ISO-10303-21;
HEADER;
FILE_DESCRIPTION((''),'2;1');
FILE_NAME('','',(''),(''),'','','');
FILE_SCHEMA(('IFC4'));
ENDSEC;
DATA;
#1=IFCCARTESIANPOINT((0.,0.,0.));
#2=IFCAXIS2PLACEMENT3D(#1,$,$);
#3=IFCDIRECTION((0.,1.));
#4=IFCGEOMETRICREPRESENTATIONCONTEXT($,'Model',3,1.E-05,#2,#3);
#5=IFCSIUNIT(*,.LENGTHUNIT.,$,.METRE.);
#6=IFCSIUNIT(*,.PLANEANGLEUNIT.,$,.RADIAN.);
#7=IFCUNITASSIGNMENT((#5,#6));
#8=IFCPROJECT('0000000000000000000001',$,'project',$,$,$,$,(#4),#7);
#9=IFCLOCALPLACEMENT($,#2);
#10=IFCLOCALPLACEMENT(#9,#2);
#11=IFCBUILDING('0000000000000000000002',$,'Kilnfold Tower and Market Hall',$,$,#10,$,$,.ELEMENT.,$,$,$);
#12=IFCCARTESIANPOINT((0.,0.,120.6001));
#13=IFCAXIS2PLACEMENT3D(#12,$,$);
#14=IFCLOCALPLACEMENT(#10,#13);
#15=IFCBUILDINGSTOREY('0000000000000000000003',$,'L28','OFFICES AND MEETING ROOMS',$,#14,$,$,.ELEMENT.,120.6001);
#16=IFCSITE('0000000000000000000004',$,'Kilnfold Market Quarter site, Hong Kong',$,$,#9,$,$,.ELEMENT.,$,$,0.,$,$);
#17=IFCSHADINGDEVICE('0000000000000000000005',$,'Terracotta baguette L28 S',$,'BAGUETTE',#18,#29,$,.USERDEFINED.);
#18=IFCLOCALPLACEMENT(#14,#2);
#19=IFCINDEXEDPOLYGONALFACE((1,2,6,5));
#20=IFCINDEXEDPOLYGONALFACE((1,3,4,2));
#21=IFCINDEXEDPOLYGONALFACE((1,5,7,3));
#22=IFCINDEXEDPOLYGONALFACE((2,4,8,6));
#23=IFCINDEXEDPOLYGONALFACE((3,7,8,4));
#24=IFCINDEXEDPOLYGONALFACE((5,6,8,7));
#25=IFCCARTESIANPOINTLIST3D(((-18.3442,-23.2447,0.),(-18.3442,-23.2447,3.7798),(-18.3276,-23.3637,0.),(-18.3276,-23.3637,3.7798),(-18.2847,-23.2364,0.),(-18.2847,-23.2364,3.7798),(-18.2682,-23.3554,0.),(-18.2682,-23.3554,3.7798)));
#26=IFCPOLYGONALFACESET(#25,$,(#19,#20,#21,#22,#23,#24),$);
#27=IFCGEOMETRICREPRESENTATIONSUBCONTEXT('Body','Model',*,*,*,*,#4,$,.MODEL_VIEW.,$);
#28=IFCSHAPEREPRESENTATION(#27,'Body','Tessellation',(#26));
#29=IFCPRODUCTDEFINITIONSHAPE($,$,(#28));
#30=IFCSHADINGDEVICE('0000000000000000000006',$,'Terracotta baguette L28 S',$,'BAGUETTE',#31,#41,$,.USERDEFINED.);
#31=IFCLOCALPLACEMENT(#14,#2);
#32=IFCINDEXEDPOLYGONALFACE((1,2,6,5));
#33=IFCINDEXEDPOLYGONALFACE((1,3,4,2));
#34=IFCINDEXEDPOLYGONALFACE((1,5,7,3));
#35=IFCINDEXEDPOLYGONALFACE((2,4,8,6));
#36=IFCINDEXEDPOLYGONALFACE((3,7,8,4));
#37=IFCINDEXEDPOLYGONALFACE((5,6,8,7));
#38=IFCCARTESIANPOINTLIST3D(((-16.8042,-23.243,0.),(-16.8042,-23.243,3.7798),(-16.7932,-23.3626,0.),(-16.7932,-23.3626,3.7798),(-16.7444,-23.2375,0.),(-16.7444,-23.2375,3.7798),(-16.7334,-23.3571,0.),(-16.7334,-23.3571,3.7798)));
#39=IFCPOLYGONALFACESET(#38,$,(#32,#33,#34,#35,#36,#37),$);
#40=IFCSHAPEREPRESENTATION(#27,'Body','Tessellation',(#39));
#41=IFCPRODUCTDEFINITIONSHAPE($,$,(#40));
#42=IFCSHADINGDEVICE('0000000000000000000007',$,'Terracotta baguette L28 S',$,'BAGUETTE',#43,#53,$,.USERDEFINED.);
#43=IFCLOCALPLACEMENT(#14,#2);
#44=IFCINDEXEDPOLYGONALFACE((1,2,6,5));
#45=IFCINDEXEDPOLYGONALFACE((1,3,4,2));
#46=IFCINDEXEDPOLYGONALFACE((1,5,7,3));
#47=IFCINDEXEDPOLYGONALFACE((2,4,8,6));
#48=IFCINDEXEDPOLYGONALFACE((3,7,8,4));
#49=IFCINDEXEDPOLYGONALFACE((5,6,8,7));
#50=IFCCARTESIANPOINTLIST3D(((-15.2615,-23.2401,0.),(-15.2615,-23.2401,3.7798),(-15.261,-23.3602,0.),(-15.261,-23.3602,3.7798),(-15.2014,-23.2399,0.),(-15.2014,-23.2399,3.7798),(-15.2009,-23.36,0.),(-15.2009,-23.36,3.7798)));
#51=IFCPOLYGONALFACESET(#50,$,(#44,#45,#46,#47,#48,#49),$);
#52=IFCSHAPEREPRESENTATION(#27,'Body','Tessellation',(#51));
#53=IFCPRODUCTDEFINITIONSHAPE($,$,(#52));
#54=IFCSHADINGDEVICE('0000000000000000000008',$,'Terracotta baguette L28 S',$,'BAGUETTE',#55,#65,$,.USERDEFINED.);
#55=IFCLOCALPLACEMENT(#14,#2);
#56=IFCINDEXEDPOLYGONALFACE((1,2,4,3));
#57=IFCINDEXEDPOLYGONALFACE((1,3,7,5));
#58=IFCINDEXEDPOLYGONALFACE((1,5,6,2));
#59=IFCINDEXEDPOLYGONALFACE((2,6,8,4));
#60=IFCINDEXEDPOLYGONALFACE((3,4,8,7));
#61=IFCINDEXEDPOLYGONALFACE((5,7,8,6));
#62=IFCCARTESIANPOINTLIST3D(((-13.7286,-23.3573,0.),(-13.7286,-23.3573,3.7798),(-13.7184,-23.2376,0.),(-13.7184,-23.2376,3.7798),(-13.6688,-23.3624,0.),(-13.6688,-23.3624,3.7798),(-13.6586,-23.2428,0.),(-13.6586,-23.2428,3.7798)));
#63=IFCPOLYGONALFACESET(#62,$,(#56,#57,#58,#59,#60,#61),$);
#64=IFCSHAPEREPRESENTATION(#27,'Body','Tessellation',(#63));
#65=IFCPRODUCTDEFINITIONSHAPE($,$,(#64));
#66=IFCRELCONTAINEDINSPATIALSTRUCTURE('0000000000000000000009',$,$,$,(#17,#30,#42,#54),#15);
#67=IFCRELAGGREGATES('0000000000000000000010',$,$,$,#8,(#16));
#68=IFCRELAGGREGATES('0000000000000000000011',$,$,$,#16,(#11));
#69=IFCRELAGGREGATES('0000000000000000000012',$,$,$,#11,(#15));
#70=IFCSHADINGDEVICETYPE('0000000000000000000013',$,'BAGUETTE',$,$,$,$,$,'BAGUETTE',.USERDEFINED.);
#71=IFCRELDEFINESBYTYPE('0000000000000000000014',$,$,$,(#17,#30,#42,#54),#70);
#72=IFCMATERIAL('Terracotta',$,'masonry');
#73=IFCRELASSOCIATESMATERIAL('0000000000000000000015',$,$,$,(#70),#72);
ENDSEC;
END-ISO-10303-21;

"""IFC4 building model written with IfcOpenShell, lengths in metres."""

from ifc_helpers import new_model, si_unit, direction, frame, origin, origin_2d, place, context, subcontext, project, spatial, rectangle, extrude, source, transform, mapped, material, material_profile, profile_set, type_object, element, save


model = new_model("IFC4")

# Units and contexts
model_context = context("Model", 3, precision=1e-05, world=origin(), true_north=direction((0.0, 1.0)))
body_context = subcontext(model_context, "Body", "Model", "MODEL_VIEW")
ifc_project = project(units=[si_unit("LENGTHUNIT", "METRE"), si_unit("PLANEANGLEUNIT", "RADIAN")], contexts=[model_context])

# Site, building, storey
site_placement = place(None, origin())
site = spatial("IfcSite", under=ifc_project, at=site_placement, Name="Kilnfold Market Quarter site, Hong Kong", CompositionType="ELEMENT", RefElevation=0.0)
building_placement = place(site_placement, origin())
building = spatial("IfcBuilding", under=site, at=building_placement, Name="Kilnfold Tower and Market Hall", CompositionType="ELEMENT")
storey_placement = place(building_placement, frame((0.0, 0.0, 120.6001)))
storey = spatial("IfcBuildingStorey", under=building, at=storey_placement, Name="L28", Description="OFFICES AND MEETING ROOMS", CompositionType="ELEMENT", Elevation=120.6001)

# Shading devices
ifc_material_1 = material(Name="Terracotta", Category="masonry")
ifc_material_profile_1 = material_profile(ifc_material_1, rectangle(XDim=0.0601, YDim=0.1201, at=origin_2d()), Name="BAG 60x120")
ifc_profile_set_1 = profile_set([ifc_material_profile_1], Name="Terracotta")
shading_device_type_1 = type_object("IfcShadingDeviceType", Name="BAGUETTE", ElementType="BAGUETTE", PredefinedType="USERDEFINED", material=ifc_profile_set_1)
shared_shape_1 = source(origin(), body_context, "Body", "SweptSolid", [
    extrude(rectangle(XDim=0.0601, YDim=0.1201, at=origin_2d()), origin(), (0.0, 0.0, 1.0), 3.7798),
])
for number, where, z_axis, x_axis, name in (
    (1, (-18.3062, -23.3, 0.0), (0.0, 0.0, 1.0), (0.990511, 0.137434, 0.0), "Terracotta baguette L28 S"),
    (2, (-16.7688, -23.3, 0.0), (0.0, 0.0, 1.0), (0.995745, 0.092146, 0.0), "Terracotta baguette L28 S"),
    (3, (-15.2312, -23.3, 0.0), (0.0, 0.0, 1.0), (0.99999, 0.004465, 0.0), "Terracotta baguette L28 S"),
    (4, (-13.6936, -23.3, 0.0), (0.0, 0.0, 1.0), (0.996356, -0.085288, 0.0), "Terracotta baguette L28 S"),
):
    element("IfcShadingDevice", number, at=place(storey_placement, frame(where, z_axis=z_axis, x_axis=x_axis)), inside=storey, type_object=shading_device_type_1, Name=name, ObjectType="BAGUETTE", PredefinedType="USERDEFINED", context=body_context, shape_type="MappedRepresentation", body=[
        mapped(shared_shape_1, transform((0.0, 0.0, 0.0))),
    ])

save(model, "model.ifc")
